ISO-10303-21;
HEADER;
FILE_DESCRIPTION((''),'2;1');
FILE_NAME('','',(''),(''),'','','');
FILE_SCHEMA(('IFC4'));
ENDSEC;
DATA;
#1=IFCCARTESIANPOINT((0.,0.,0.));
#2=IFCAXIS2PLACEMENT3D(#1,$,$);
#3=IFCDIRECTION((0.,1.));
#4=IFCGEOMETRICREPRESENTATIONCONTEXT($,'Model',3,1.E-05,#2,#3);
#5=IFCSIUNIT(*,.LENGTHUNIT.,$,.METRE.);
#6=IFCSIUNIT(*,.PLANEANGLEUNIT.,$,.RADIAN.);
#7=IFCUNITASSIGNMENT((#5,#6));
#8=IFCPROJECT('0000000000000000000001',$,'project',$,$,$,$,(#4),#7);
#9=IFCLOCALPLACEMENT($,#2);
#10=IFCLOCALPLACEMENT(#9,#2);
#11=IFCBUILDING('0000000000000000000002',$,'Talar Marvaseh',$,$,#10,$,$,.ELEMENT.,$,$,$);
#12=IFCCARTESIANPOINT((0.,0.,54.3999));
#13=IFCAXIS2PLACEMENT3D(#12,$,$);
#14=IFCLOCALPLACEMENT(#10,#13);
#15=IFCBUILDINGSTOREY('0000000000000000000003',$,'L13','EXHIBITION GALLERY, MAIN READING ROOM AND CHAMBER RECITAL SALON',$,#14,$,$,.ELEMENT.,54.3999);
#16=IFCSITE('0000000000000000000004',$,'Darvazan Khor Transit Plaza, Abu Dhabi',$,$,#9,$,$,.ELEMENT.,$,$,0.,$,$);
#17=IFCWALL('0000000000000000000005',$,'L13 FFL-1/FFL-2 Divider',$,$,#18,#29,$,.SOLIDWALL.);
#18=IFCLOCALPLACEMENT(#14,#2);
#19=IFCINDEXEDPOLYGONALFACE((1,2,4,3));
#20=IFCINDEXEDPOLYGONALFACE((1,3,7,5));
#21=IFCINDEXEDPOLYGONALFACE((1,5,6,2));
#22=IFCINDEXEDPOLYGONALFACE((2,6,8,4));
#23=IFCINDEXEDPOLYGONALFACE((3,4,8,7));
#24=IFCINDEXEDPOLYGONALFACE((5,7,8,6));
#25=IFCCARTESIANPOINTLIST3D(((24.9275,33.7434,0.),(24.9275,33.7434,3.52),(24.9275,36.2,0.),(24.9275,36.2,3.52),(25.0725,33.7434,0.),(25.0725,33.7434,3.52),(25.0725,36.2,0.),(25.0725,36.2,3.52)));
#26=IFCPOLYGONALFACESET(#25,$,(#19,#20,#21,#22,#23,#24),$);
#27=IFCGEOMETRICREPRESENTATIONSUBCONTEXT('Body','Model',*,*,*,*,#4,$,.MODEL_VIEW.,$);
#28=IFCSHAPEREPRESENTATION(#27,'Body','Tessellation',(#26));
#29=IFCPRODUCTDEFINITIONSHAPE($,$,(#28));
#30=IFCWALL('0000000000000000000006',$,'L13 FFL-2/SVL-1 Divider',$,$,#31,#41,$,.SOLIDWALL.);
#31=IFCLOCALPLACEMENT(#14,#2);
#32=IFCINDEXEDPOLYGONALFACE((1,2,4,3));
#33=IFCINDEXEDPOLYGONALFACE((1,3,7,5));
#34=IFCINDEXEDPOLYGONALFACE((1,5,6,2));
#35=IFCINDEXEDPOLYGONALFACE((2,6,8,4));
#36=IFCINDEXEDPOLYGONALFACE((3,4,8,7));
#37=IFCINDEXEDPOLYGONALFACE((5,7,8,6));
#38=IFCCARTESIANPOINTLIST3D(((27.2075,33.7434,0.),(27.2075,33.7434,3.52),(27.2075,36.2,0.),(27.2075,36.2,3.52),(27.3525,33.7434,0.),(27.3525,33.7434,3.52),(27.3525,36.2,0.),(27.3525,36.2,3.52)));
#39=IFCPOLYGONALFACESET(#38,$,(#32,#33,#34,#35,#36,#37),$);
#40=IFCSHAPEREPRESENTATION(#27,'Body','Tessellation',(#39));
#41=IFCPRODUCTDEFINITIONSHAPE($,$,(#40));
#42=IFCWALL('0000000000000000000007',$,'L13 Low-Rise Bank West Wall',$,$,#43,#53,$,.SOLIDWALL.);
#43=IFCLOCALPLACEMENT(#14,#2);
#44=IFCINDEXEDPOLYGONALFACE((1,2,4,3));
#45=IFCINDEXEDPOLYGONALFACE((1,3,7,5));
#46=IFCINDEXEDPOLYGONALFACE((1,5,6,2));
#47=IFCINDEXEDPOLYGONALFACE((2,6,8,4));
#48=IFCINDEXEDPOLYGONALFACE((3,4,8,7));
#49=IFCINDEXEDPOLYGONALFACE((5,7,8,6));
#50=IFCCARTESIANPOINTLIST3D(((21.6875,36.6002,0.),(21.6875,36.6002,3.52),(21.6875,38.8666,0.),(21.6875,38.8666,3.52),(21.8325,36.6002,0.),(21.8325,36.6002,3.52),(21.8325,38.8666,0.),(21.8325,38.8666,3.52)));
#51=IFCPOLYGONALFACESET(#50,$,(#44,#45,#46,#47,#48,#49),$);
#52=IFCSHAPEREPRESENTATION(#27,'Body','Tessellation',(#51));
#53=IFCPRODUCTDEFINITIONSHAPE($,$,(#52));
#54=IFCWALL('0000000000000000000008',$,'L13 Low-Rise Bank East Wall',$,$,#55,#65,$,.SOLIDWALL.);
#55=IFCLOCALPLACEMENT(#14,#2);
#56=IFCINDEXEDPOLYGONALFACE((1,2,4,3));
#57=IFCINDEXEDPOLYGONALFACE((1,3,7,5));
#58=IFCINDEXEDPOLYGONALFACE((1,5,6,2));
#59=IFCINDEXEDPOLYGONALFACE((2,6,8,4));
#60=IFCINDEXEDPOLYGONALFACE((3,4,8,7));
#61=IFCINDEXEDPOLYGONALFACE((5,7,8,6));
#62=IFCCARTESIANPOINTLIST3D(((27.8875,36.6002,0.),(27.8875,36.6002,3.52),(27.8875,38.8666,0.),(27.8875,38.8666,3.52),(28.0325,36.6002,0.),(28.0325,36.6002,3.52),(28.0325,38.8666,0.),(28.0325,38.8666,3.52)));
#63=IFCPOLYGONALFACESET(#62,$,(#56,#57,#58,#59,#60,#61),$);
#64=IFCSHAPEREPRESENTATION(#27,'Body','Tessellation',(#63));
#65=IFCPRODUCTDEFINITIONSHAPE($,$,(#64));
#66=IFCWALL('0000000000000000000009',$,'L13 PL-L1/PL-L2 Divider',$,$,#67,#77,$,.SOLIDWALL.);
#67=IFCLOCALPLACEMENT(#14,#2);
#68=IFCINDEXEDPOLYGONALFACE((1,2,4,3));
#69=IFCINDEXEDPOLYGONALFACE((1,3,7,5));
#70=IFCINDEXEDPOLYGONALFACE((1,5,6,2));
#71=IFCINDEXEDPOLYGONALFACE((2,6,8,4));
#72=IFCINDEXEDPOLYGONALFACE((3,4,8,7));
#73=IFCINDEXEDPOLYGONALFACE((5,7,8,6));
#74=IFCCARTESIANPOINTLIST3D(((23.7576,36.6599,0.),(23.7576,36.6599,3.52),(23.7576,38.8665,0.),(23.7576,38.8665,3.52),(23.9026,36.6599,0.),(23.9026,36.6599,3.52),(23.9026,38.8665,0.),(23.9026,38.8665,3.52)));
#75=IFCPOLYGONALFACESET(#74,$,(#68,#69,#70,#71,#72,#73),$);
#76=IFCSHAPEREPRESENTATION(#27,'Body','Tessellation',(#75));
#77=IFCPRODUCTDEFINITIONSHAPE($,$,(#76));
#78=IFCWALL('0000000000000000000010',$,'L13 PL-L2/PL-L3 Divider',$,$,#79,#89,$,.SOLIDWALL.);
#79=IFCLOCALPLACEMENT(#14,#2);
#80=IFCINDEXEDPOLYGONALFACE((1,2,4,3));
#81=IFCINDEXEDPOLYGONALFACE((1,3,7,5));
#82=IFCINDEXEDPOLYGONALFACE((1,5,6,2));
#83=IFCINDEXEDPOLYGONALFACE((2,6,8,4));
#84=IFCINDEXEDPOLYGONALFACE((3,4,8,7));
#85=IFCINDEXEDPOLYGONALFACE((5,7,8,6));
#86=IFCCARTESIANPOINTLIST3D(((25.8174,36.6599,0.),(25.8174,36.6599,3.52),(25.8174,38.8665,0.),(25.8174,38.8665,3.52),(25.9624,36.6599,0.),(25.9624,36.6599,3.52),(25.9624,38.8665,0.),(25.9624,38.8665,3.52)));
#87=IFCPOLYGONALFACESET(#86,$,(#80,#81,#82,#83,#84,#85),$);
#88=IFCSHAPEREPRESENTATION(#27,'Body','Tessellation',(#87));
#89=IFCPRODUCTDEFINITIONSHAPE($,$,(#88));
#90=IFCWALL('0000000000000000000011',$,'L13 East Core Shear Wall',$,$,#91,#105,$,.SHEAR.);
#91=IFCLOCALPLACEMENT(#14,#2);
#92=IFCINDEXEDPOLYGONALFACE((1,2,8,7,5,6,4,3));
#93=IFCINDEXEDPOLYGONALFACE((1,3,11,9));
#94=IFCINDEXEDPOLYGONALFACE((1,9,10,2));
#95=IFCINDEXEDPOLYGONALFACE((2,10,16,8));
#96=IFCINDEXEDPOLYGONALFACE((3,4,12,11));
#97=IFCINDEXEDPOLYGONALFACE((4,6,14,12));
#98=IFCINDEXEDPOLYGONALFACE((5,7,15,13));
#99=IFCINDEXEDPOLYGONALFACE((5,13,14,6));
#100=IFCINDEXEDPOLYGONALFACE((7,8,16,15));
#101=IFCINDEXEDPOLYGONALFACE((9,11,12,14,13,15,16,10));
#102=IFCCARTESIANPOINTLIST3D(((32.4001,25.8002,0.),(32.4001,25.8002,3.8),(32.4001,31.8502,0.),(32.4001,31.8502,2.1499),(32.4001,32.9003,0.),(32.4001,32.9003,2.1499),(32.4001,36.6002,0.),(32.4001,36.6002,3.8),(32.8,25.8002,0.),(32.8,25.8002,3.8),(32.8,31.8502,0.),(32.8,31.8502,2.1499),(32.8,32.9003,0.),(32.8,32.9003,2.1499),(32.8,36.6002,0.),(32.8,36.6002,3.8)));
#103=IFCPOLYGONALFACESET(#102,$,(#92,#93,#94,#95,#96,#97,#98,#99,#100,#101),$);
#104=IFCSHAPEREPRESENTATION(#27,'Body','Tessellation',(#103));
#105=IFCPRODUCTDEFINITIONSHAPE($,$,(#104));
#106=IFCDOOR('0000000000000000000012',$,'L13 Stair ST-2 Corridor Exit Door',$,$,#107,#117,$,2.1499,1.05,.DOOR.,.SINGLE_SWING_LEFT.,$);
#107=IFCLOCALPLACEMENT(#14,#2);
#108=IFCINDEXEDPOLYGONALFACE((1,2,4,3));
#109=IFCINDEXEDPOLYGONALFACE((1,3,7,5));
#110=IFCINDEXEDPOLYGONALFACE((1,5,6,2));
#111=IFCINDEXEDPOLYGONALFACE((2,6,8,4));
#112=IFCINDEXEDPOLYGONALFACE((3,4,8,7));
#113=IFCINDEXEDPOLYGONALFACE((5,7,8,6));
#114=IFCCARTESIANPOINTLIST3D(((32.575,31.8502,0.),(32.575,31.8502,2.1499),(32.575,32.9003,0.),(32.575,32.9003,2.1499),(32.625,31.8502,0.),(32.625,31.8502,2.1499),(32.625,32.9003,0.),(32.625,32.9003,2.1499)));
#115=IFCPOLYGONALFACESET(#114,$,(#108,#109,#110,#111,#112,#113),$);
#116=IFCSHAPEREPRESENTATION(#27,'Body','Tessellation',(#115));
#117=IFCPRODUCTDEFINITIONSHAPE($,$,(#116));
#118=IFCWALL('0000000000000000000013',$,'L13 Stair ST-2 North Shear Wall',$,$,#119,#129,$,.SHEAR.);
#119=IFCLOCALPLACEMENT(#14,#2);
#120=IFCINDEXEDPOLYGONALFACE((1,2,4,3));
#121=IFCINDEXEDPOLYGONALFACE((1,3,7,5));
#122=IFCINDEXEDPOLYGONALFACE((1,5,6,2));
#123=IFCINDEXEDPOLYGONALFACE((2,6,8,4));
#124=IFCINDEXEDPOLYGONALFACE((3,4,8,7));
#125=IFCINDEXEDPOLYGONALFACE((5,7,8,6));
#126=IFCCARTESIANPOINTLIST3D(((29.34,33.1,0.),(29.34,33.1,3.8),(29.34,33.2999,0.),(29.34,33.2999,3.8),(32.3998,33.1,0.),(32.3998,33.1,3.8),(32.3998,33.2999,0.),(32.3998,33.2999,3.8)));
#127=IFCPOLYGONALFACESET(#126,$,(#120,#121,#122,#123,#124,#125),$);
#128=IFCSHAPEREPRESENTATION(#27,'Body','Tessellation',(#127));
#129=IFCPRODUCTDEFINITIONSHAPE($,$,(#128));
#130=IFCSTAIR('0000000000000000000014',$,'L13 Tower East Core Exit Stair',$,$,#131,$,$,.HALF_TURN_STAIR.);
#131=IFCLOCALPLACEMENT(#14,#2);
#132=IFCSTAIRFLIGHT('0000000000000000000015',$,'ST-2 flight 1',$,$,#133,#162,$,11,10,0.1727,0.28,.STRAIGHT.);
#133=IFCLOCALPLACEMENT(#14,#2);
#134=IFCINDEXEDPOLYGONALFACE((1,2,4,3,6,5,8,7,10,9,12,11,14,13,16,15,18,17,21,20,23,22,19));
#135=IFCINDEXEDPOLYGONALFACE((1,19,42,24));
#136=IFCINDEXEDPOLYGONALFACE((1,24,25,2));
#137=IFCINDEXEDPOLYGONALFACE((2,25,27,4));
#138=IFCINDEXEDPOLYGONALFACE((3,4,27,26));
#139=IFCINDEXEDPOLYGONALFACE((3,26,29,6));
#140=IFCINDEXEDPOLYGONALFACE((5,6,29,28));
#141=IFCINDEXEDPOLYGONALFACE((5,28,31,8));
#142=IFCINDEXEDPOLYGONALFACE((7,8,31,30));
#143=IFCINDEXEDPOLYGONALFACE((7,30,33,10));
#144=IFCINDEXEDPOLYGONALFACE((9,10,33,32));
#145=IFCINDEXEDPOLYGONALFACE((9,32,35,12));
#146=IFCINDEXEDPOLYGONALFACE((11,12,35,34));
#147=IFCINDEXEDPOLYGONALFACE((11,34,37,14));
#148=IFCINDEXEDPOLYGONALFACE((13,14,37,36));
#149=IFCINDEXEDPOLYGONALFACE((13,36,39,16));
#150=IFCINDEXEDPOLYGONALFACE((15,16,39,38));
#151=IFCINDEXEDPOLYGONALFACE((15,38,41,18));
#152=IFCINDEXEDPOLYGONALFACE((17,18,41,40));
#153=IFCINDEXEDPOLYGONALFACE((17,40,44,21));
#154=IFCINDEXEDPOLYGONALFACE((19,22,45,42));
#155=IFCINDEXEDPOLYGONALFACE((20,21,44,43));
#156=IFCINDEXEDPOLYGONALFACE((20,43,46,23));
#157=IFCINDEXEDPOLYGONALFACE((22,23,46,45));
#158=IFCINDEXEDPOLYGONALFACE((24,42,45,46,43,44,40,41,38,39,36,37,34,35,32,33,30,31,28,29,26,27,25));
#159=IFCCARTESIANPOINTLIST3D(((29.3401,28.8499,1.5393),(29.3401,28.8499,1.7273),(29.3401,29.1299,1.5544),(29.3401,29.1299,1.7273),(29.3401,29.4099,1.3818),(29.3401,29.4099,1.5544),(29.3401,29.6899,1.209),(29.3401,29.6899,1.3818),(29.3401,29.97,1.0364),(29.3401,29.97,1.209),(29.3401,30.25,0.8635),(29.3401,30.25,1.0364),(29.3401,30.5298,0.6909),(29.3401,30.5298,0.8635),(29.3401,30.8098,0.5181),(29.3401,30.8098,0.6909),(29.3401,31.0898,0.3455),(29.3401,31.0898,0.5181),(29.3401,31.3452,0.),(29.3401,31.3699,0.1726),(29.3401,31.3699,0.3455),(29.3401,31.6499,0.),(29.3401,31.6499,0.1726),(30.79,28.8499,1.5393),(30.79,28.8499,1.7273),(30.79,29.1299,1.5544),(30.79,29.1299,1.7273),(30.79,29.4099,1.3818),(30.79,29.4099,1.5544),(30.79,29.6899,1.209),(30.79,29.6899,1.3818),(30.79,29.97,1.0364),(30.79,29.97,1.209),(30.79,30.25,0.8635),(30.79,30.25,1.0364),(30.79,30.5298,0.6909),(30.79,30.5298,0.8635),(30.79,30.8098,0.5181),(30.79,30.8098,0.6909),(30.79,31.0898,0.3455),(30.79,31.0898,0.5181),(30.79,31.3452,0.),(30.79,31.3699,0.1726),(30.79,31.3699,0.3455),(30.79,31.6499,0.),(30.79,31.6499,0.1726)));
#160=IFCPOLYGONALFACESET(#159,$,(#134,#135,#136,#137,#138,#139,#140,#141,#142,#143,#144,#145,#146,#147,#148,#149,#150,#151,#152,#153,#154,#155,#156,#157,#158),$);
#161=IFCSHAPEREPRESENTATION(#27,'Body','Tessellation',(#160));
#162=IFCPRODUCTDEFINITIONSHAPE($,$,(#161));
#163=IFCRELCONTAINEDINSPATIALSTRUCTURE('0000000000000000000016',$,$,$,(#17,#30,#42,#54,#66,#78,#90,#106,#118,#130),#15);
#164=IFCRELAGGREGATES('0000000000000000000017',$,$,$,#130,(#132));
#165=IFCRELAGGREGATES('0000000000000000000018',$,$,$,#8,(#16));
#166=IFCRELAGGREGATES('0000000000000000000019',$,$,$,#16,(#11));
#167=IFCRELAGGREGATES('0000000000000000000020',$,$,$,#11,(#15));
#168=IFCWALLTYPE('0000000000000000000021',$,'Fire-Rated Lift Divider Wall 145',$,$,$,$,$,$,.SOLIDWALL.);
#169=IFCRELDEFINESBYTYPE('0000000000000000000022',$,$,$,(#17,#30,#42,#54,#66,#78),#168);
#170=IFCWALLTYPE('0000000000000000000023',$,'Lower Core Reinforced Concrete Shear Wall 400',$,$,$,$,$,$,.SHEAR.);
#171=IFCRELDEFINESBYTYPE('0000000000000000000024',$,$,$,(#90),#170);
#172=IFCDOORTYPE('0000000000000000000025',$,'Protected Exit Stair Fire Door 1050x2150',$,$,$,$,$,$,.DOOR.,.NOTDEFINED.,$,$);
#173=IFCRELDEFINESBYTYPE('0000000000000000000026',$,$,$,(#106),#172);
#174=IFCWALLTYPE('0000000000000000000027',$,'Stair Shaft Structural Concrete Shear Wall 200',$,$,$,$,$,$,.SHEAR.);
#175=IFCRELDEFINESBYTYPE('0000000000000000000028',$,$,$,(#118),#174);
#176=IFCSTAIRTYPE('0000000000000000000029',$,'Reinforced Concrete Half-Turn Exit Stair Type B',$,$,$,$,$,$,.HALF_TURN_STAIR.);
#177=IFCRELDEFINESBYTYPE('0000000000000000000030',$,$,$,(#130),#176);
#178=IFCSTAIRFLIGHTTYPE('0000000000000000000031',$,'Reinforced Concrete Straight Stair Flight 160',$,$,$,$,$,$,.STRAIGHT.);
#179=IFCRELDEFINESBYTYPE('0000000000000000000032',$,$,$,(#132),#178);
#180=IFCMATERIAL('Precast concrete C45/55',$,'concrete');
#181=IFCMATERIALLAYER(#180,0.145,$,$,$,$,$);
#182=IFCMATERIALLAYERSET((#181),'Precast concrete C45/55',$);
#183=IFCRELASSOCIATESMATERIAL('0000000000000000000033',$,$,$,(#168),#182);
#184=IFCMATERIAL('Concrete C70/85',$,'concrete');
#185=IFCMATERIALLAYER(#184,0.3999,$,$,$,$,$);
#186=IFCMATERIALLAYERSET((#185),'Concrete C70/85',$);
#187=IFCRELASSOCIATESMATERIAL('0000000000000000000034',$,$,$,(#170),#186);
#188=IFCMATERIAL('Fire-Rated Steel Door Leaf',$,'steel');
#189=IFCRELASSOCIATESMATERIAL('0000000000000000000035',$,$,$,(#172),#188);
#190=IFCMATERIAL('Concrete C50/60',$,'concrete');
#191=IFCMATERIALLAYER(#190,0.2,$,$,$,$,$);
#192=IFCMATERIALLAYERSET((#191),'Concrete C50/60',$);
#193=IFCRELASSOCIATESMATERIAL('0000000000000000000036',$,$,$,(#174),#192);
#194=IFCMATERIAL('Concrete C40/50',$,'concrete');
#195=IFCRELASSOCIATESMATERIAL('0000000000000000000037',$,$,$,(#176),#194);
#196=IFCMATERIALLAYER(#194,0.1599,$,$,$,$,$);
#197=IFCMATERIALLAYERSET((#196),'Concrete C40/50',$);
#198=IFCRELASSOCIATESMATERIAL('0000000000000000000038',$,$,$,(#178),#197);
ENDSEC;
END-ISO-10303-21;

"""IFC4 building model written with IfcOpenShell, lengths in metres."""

from ifc_helpers import new_model, si_unit, direction, frame, frame_2d, origin, place, context, subcontext, project, spatial, polyline, rectangle, outline, extrude, source, transform, mapped, material, layer, layer_set, type_object, type_shapes, element, fill, aggregate, save


model = new_model("IFC4")

# Units and contexts
model_context = context("Model", 3, precision=1e-05, world=origin(), true_north=direction((0.0, 1.0)))
body_context = subcontext(model_context, "Body", "Model", "MODEL_VIEW")
ifc_project = project(units=[si_unit("LENGTHUNIT", "METRE"), si_unit("PLANEANGLEUNIT", "RADIAN")], contexts=[model_context])

# Site, building, storey
site_placement = place(None, origin())
site = spatial("IfcSite", under=ifc_project, at=site_placement, Name="Darvazan Khor Transit Plaza, Abu Dhabi", CompositionType="ELEMENT", RefElevation=0.0)
building_placement = place(site_placement, origin())
building = spatial("IfcBuilding", under=site, at=building_placement, Name="Talar Marvaseh", CompositionType="ELEMENT")
storey_placement = place(building_placement, frame((0.0, 0.0, 54.3999)))
storey = spatial("IfcBuildingStorey", under=building, at=storey_placement, Name="L13", Description="EXHIBITION GALLERY, MAIN READING ROOM AND CHAMBER RECITAL SALON", CompositionType="ELEMENT", Elevation=54.3999)

# Shared definitions
ifc_material_1 = material(Name="Concrete C70/85", Category="concrete")

# Shared definitions
ifc_material_2 = material(Name="Concrete C40/50", Category="concrete")

# Walls
ifc_material_3 = material(Name="Precast concrete C45/55", Category="concrete")
ifc_layer_1 = layer(ifc_material_3, 0.145)
ifc_layer_set_1 = layer_set([ifc_layer_1], Name="Precast concrete C45/55")
wall_type_1 = type_object("IfcWallType", Name="Fire-Rated Lift Divider Wall 145", PredefinedType="SOLIDWALL", material=ifc_layer_set_1)
for number, where, z_axis, x_axis, name in (
    (1, (25.0, 33.7434, 0.0), (0.0, 0.0, 1.0), (0.0, 1.0, 0.0), "L13 FFL-1/FFL-2 Divider"),
    (2, (27.28, 33.7434, 0.0), (0.0, 0.0, 1.0), (0.0, 1.0, 0.0), "L13 FFL-2/SVL-1 Divider"),
):
    element("IfcWall", number, at=place(storey_placement, frame(where, z_axis=z_axis, x_axis=x_axis)), inside=storey, type_object=wall_type_1, Name=name, PredefinedType="SOLIDWALL", context=body_context, shape_type="SweptSolid", body=[
        extrude(rectangle(XDim=2.4565, YDim=0.145, at=frame_2d((1.2283, 0.0))), origin(), (0.0, 0.0, 1.0), 3.52),
    ])
for number, where, z_axis, x_axis, name in (
    (3, (21.76, 36.6001, 0.0), (0.0, 0.0, 1.0), (0.0, 1.0, 0.0), "L13 Low-Rise Bank West Wall"),
    (4, (27.96, 36.6001, 0.0), (0.0, 0.0, 1.0), (0.0, 1.0, 0.0), "L13 Low-Rise Bank East Wall"),
):
    element("IfcWall", number, at=place(storey_placement, frame(where, z_axis=z_axis, x_axis=x_axis)), inside=storey, type_object=wall_type_1, Name=name, PredefinedType="SOLIDWALL", context=body_context, shape_type="SweptSolid", body=[
        extrude(rectangle(XDim=2.2664, YDim=0.145, at=frame_2d((1.1333, 0.0))), origin(), (0.0, 0.0, 1.0), 3.52),
    ])
for number, where, z_axis, x_axis, name in (
    (5, (23.8301, 36.6599, 0.0), (0.0, 0.0, 1.0), (0.0, 1.0, 0.0), "L13 PL-L1/PL-L2 Divider"),
    (6, (25.8899, 36.6599, 0.0), (0.0, 0.0, 1.0), (0.0, 1.0, 0.0), "L13 PL-L2/PL-L3 Divider"),
):
    element("IfcWall", number, at=place(storey_placement, frame(where, z_axis=z_axis, x_axis=x_axis)), inside=storey, type_object=wall_type_1, Name=name, PredefinedType="SOLIDWALL", context=body_context, shape_type="SweptSolid", body=[
        extrude(rectangle(XDim=2.2065, YDim=0.145, at=frame_2d((1.1033, 0.0))), origin(), (0.0, 0.0, 1.0), 3.52),
    ])

# Wall, opening, door
ifc_layer_2 = layer(ifc_material_1, 0.3999)
ifc_layer_set_2 = layer_set([ifc_layer_2], Name="Concrete C70/85")
wall_type_2 = type_object("IfcWallType", Name="Lower Core Reinforced Concrete Shear Wall 400", PredefinedType="SHEAR", material=ifc_layer_set_2)
wall_1_placement = place(storey_placement, frame((32.6001, 36.6001, 0.0), z_axis=(0.0, 0.0, 1.0), x_axis=(0.0, -1.0, 0.0)))
wall_1 = element("IfcWall", 7, at=wall_1_placement, inside=storey, type_object=wall_type_2, Name="L13 East Core Shear Wall", PredefinedType="SHEAR", context=body_context, shape_type="SweptSolid", body=[
    extrude(rectangle(XDim=10.8, YDim=0.3999, at=frame_2d((5.3999, 0.0))), origin(), (0.0, 0.0, 1.0), 3.8),
])
opening_1_placement = place(wall_1_placement, frame((3.7, 0.0, 0.0)))
opening_1 = element("IfcOpeningElement", 8, at=opening_1_placement, cuts=wall_1, PredefinedType="OPENING", context=body_context, shape_type="SweptSolid", body=[
    extrude(rectangle(XDim=1.05, YDim=2.1499, at=frame_2d((0.5249, 1.075))), frame((0.0, 0.21, 0.0), z_axis=(0.0, -1.0, 0.0), x_axis=(1.0, 0.0, 0.0)), (0.0, 0.0, 1.0), 0.4199),
])
ifc_material_4 = material(Name="Fire-Rated Steel Door Leaf", Category="steel")
door_type_1 = type_object("IfcDoorType", Name="Protected Exit Stair Fire Door 1050x2150", OperationType="NOTDEFINED", PredefinedType="DOOR", material=ifc_material_4)
shared_shape_1 = source(origin(), body_context, "Body", "SweptSolid", [
    extrude(rectangle(XDim=1.05, YDim=2.1499, at=frame_2d((0.5249, 1.075))), frame((0.0, 0.0249, 0.0), z_axis=(0.0, -1.0, 0.0), x_axis=(1.0, 0.0, 0.0)), (0.0, 0.0, 1.0), 0.05),
])
type_shapes(door_type_1, [shared_shape_1])
door_1_placement = place(opening_1_placement, origin())
door_1 = element("IfcDoor", 9, at=door_1_placement, inside=storey, type_object=door_type_1, Name="L13 Stair ST-2 Corridor Exit Door", OperationType="SINGLE_SWING_LEFT", OverallHeight=2.1499, OverallWidth=1.05, PredefinedType="DOOR", context=body_context, shape_type="MappedRepresentation", body=[
    mapped(shared_shape_1, transform((0.0, 0.0, 0.0), x_axis=(1.0, 0.0, 0.0), y_axis=(0.0, 1.0, 0.0), z_axis=(0.0, 0.0, 1.0), scale=1.0)),
])
fill(opening_1, door_1)

# Wall
ifc_material_5 = material(Name="Concrete C50/60", Category="concrete")
ifc_layer_3 = layer(ifc_material_5, 0.2)
ifc_layer_set_3 = layer_set([ifc_layer_3], Name="Concrete C50/60")
wall_type_3 = type_object("IfcWallType", Name="Stair Shaft Structural Concrete Shear Wall 200", PredefinedType="SHEAR", material=ifc_layer_set_3)
wall_2_placement = place(storey_placement, frame((29.3401, 33.2, 0.0), z_axis=(0.0, 0.0, 1.0), x_axis=(1.0, 0.0, 0.0)))
element("IfcWall", 10, at=wall_2_placement, inside=storey, type_object=wall_type_3, Name="L13 Stair ST-2 North Shear Wall", PredefinedType="SHEAR", context=body_context, shape_type="SweptSolid", body=[
    extrude(rectangle(XDim=3.0598, YDim=0.2, at=frame_2d((1.5298, 0.0))), origin(), (0.0, 0.0, 1.0), 3.8),
])

# Stair, stair flight
stair_type = type_object("IfcStairType", Name="Reinforced Concrete Half-Turn Exit Stair Type B", PredefinedType="HALF_TURN_STAIR", material=ifc_material_2)
stair_placement = place(storey_placement, origin())
stair = element("IfcStair", 11, at=stair_placement, inside=storey, type_object=stair_type, Name="L13 Tower East Core Exit Stair", PredefinedType="HALF_TURN_STAIR")
ifc_layer_4 = layer(ifc_material_2, 0.1599)
ifc_layer_set_4 = layer_set([ifc_layer_4], Name="Concrete C40/50")
stair_flight_type = type_object("IfcStairFlightType", Name="Reinforced Concrete Straight Stair Flight 160", PredefinedType="STRAIGHT", material=ifc_layer_set_4)
stair_flight_placement = place(storey_placement, frame((30.0649, 31.6499, 0.0), z_axis=(0.0, 0.0, 1.0), x_axis=(0.0, -1.0, 0.0)))
stair_flight = element("IfcStairFlight", 12, at=stair_flight_placement, type_object=stair_flight_type, Name="ST-2 flight 1", NumberOfRisers=11, NumberOfTreads=10, PredefinedType="STRAIGHT", RiserHeight=0.1727, TreadLength=0.28, context=body_context, shape_type="SweptSolid", body=[
    extrude(outline(polyline([(0.0, 0.0), (0.0, 0.1726), (0.28, 0.1726), (0.28, 0.3455), (0.5601, 0.3455), (0.5601, 0.5181), (0.8401, 0.5181), (0.8401, 0.6909), (1.1201, 0.6909), (1.1201, 0.8635), (1.3999, 0.8635), (1.3999, 1.0364), (1.6799, 1.0364), (1.6799, 1.209), (1.96, 1.209), (1.96, 1.3818), (2.24, 1.3818), (2.24, 1.5544), (2.52, 1.5544), (2.52, 1.7273), (2.8, 1.7273), (2.8, 1.8999), (2.8, 1.5393), (0.3047, 0.0), (0.0, 0.0)])), frame((0.0, 0.7251, 0.0), z_axis=(0.0, -1.0, 0.0), x_axis=(1.0, 0.0, 0.0)), (0.0, 0.0, 1.0), 1.45),
])
aggregate(stair, [stair_flight])

save(model, "model.ifc")
